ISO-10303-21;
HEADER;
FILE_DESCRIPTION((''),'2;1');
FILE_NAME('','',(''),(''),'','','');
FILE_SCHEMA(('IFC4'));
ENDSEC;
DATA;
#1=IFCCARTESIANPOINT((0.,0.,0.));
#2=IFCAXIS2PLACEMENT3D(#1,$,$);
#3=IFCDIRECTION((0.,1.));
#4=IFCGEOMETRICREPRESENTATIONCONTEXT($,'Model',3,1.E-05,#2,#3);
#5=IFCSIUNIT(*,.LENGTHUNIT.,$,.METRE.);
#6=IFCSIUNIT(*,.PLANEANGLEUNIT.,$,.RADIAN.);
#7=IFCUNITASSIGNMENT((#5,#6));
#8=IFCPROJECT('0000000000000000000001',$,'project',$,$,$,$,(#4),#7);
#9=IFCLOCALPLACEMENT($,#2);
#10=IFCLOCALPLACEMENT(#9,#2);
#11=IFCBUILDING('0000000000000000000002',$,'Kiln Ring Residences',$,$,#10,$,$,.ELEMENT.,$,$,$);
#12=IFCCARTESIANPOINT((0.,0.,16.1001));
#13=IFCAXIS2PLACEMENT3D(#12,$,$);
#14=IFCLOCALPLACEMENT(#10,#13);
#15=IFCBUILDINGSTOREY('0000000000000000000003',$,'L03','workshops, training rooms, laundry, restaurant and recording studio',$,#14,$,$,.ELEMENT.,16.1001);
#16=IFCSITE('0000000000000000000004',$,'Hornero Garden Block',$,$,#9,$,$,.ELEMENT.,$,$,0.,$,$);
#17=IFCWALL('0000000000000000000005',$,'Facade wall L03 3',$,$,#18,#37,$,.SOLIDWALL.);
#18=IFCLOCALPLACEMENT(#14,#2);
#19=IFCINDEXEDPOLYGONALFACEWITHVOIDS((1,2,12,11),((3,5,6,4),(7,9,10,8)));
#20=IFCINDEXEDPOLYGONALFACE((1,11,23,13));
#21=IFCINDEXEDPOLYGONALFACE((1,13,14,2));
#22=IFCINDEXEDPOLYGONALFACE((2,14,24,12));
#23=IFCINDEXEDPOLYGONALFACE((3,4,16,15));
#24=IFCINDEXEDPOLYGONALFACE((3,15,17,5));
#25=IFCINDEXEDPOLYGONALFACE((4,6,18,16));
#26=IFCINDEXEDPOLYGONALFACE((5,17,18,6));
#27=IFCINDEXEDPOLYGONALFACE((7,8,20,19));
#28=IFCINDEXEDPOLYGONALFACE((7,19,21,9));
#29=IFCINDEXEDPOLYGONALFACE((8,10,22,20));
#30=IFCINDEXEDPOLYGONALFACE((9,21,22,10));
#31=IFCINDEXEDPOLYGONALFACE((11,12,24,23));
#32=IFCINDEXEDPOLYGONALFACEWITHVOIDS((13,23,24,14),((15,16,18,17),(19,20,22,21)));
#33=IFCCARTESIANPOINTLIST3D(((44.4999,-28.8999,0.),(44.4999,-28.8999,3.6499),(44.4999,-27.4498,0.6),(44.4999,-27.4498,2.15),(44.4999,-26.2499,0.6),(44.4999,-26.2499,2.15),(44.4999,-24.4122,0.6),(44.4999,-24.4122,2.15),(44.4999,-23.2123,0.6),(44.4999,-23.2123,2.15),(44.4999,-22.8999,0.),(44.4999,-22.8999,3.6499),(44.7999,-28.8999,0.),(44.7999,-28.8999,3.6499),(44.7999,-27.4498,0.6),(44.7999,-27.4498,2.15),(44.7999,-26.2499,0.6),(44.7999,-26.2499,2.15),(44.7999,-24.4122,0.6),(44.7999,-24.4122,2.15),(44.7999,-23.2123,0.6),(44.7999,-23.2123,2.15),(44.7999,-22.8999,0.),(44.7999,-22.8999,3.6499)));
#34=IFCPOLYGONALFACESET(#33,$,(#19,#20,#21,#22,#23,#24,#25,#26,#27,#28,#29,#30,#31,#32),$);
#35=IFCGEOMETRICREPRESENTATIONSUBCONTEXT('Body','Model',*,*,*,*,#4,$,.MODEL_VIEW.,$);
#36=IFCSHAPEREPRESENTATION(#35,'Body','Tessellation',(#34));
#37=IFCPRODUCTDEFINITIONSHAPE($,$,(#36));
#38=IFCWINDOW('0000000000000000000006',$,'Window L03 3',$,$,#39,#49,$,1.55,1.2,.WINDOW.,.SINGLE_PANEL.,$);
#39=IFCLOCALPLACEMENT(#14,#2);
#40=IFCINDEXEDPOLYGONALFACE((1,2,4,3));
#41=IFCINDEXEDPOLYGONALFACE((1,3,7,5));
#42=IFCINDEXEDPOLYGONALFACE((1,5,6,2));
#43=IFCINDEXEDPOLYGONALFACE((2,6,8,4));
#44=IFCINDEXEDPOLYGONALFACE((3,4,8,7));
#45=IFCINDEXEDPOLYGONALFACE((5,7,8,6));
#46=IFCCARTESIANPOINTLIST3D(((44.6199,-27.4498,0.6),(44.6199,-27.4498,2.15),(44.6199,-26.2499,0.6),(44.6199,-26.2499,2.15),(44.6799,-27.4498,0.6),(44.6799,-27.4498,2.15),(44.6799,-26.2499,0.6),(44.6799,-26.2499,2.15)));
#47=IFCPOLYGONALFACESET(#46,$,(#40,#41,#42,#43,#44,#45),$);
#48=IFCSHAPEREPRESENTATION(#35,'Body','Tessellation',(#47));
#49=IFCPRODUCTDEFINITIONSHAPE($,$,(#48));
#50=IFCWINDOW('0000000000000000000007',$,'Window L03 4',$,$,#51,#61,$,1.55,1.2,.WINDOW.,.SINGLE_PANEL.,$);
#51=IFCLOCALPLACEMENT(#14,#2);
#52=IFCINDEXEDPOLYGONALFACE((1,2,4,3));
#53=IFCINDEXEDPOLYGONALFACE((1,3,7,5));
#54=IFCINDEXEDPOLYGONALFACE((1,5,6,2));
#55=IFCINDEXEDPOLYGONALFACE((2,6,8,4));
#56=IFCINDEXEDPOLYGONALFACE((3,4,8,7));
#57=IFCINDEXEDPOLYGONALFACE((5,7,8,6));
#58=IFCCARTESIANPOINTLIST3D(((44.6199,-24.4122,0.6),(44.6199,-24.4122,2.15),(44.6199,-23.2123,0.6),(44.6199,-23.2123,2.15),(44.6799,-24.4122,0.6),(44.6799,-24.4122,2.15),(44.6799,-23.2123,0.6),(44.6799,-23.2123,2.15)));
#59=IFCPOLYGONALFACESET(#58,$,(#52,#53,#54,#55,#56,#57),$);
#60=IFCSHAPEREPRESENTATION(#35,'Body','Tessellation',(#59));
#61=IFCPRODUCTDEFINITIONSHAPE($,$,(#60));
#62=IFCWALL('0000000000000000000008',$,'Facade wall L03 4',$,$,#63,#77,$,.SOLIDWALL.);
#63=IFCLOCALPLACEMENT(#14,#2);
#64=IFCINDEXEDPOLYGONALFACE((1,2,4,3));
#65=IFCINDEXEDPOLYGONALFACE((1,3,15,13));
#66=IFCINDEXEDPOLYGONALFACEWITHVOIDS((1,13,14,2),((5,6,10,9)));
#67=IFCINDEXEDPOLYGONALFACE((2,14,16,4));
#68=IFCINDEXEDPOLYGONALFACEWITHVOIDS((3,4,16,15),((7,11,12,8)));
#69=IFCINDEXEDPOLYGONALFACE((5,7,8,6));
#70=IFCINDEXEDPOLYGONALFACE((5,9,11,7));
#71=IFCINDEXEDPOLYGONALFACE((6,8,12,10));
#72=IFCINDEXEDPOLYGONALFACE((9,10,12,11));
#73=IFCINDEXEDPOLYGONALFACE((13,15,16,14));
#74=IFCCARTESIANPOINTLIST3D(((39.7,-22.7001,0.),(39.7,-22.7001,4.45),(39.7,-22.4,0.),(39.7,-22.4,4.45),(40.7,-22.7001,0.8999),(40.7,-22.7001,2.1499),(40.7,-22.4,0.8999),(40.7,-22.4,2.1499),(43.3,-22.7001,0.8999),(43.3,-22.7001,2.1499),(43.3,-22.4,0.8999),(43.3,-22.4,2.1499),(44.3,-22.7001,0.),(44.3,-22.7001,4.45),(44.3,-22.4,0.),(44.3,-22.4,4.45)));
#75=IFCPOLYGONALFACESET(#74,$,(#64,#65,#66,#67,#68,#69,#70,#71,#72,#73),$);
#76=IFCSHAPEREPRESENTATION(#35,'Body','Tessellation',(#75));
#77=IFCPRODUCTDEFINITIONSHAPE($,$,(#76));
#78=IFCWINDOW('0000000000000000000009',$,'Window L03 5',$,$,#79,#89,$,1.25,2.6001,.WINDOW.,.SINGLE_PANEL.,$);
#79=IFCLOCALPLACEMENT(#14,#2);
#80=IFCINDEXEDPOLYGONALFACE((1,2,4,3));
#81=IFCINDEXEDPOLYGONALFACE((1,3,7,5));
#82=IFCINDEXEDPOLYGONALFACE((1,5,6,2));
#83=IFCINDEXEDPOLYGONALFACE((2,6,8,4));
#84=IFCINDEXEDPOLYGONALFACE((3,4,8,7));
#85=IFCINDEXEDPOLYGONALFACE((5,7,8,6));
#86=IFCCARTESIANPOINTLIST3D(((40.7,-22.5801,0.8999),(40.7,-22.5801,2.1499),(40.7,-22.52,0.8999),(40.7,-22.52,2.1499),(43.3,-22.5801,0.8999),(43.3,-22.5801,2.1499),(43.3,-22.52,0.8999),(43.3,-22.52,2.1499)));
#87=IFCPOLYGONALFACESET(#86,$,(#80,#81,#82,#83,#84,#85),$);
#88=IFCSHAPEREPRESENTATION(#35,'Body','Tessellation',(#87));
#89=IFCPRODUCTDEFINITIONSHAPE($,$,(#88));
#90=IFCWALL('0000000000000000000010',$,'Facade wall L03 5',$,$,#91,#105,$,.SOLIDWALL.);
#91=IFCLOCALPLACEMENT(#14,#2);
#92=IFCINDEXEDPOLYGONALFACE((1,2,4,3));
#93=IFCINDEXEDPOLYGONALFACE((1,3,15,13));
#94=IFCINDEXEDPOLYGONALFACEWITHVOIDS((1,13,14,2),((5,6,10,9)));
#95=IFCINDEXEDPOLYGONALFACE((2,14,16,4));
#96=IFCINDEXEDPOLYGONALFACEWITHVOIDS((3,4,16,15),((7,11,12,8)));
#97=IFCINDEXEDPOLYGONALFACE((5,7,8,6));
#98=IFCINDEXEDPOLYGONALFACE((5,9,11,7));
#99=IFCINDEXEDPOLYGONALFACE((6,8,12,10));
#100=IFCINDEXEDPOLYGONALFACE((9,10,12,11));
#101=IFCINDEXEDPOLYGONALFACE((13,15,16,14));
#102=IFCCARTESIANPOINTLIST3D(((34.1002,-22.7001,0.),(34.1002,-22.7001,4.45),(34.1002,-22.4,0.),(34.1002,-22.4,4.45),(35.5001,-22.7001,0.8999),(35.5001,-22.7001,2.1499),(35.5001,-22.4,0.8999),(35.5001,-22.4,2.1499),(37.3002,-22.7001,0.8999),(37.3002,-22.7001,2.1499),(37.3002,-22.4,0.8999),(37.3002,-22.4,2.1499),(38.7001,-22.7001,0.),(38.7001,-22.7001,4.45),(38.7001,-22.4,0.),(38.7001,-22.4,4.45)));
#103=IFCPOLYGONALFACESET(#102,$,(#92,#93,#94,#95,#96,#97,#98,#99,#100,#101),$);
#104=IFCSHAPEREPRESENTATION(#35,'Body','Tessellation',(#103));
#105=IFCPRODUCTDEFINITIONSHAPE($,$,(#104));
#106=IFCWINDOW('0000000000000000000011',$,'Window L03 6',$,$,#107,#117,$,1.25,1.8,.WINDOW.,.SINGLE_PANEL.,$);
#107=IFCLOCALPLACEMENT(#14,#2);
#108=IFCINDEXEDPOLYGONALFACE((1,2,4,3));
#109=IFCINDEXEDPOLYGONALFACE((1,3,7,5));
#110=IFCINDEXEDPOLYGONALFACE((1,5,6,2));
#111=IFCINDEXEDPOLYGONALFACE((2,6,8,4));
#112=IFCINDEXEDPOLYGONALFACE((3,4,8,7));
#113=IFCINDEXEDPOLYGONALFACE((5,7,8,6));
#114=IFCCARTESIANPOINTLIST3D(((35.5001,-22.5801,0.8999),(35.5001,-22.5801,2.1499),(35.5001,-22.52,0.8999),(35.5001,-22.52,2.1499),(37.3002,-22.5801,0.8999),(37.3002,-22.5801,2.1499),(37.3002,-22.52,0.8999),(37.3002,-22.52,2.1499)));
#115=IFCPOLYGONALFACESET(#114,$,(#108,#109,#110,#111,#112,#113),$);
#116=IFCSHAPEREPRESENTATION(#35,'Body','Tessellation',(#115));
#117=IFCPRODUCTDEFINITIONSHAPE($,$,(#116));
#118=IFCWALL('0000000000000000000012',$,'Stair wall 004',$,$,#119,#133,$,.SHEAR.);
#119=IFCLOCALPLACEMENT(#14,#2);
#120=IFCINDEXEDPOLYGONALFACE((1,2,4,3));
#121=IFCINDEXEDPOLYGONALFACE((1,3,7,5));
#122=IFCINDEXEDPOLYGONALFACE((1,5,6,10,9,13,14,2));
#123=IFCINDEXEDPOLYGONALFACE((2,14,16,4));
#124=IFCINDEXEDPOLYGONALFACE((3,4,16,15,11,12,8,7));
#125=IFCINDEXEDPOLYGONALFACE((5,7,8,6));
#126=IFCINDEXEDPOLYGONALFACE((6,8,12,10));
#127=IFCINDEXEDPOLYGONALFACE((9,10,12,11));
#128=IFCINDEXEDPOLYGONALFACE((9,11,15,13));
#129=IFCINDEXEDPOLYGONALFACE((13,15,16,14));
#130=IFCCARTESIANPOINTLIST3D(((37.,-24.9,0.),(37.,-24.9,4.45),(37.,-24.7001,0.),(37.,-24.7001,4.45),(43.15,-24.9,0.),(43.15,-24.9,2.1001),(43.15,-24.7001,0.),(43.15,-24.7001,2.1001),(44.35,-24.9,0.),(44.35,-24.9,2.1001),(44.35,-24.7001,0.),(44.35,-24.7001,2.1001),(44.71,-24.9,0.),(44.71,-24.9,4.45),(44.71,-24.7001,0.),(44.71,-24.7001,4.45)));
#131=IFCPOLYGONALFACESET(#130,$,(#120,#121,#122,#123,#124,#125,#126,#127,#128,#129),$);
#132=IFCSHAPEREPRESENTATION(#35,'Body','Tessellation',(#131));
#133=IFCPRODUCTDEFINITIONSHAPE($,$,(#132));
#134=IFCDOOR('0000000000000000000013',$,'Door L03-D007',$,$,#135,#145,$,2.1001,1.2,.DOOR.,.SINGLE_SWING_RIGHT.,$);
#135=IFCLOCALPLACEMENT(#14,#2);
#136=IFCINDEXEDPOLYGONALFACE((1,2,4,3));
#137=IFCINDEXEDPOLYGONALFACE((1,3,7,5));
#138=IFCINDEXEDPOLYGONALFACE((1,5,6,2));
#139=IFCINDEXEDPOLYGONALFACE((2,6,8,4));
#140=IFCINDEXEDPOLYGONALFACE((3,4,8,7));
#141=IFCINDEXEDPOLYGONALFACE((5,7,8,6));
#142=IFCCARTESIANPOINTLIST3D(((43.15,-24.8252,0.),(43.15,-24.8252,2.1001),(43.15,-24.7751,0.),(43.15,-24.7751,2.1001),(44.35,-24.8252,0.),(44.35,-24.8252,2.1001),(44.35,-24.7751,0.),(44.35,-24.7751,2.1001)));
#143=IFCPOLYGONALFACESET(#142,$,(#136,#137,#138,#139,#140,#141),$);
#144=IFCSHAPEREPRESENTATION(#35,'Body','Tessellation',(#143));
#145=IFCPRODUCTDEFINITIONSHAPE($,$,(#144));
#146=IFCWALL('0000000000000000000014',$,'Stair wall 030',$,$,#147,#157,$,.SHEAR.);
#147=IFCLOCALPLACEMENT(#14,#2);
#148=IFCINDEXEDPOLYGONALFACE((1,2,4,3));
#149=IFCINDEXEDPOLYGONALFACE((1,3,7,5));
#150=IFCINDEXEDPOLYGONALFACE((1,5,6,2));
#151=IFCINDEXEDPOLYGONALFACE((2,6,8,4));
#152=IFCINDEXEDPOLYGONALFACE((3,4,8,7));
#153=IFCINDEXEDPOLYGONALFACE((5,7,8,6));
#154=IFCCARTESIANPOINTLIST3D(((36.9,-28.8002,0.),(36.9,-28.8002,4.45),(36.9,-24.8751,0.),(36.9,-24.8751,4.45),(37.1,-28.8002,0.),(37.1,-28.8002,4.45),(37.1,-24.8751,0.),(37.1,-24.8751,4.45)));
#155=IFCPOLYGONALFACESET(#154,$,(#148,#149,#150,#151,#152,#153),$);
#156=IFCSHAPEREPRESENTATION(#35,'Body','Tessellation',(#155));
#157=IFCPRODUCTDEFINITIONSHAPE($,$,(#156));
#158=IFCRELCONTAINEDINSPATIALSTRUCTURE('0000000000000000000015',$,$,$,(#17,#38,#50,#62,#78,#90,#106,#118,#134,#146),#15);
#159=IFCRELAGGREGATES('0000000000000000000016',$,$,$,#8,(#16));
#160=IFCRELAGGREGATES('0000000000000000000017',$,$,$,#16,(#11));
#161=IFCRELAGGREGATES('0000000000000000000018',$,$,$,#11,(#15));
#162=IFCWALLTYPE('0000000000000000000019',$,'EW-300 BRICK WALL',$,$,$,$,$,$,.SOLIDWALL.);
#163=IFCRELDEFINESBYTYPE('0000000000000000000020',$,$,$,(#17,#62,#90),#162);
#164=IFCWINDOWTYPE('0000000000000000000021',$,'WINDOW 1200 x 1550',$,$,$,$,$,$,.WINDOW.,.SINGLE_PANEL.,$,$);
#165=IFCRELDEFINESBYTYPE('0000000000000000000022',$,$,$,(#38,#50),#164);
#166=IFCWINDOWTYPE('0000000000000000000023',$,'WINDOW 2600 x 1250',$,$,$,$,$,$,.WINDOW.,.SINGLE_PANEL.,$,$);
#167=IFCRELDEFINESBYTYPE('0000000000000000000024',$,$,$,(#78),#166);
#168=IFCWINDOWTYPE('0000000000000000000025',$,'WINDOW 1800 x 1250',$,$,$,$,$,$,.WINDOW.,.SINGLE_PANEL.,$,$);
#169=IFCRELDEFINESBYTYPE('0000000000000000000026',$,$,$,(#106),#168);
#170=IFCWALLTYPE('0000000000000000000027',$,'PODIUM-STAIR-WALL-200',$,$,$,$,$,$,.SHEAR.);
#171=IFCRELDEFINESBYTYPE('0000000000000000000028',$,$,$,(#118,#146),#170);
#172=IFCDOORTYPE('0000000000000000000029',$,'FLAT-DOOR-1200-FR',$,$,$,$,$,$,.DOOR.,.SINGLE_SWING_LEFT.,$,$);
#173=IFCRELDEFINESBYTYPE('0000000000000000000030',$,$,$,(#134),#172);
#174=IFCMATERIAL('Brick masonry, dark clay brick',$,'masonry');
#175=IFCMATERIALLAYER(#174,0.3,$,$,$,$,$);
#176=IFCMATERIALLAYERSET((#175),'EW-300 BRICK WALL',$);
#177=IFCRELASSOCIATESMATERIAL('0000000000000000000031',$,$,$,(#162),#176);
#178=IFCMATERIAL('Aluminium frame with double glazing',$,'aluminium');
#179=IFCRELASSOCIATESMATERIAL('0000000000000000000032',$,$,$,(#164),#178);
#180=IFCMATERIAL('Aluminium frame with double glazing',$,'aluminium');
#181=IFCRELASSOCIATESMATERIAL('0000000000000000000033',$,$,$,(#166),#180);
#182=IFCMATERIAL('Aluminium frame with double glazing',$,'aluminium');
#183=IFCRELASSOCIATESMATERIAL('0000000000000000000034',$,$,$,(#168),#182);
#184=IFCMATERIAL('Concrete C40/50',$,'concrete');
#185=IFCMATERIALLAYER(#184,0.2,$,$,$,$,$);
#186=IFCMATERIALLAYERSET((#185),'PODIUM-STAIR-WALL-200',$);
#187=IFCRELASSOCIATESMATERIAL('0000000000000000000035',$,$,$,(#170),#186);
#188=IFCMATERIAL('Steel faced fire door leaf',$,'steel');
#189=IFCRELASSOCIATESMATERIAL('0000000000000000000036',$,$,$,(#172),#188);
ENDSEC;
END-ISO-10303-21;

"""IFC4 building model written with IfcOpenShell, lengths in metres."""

from ifc_helpers import new_model, si_unit, direction, frame, frame_2d, origin, place, context, subcontext, project, spatial, rectangle, extrude, material, layer, layer_set, type_object, element, fill, save


model = new_model("IFC4")

# Units and contexts
model_context = context("Model", 3, precision=1e-05, world=origin(), true_north=direction((0.0, 1.0)))
body_context = subcontext(model_context, "Body", "Model", "MODEL_VIEW")
ifc_project = project(units=[si_unit("LENGTHUNIT", "METRE"), si_unit("PLANEANGLEUNIT", "RADIAN")], contexts=[model_context])

# Site, building, storey
site_placement = place(None, origin())
site = spatial("IfcSite", under=ifc_project, at=site_placement, Name="Hornero Garden Block", CompositionType="ELEMENT", RefElevation=0.0)
building_placement = place(site_placement, origin())
building = spatial("IfcBuilding", under=site, at=building_placement, Name="Kiln Ring Residences", CompositionType="ELEMENT")
storey_placement = place(building_placement, frame((0.0, 0.0, 16.1001)))
storey = spatial("IfcBuildingStorey", under=building, at=storey_placement, Name="L03", Description="workshops, training rooms, laundry, restaurant and recording studio", CompositionType="ELEMENT", Elevation=16.1001)

# Wall, openings, windows
ifc_material_1 = material(Name="Brick masonry, dark clay brick", Category="masonry")
ifc_layer_1 = layer(ifc_material_1, 0.3)
ifc_layer_set_1 = layer_set([ifc_layer_1], Name="EW-300 BRICK WALL")
wall_type_1 = type_object("IfcWallType", Name="EW-300 BRICK WALL", PredefinedType="SOLIDWALL", material=ifc_layer_set_1)
wall_1_placement = place(storey_placement, frame((44.6499, -28.8999, 0.0), z_axis=(0.0, 0.0, 1.0), x_axis=(0.0, 1.0, 0.0)))
wall_1 = element("IfcWall", 1, at=wall_1_placement, inside=storey, type_object=wall_type_1, Name="Facade wall L03 3", PredefinedType="SOLIDWALL", context=body_context, shape_type="SweptSolid", body=[
    extrude(rectangle(XDim=6.0, YDim=0.3, at=frame_2d((3.0, 0.0))), origin(), (0.0, 0.0, 1.0), 3.6499),
])
opening_1_placement = place(wall_1_placement, frame((1.45, 0.0, 0.6001)))
opening_1 = element("IfcOpeningElement", 2, at=opening_1_placement, cuts=wall_1, PredefinedType="OPENING", context=body_context, shape_type="SweptSolid", body=[
    extrude(rectangle(XDim=1.2, YDim=1.55, at=frame_2d((0.6001, 0.7749))), frame((0.0, 0.1599, 0.0), z_axis=(0.0, -1.0, 0.0), x_axis=(1.0, 0.0, 0.0)), (0.0, 0.0, 1.0), 0.3201),
])
opening_2_placement = place(wall_1_placement, frame((4.4875, 0.0, 0.6001)))
opening_2 = element("IfcOpeningElement", 3, at=opening_2_placement, cuts=wall_1, PredefinedType="OPENING", context=body_context, shape_type="SweptSolid", body=[
    extrude(rectangle(XDim=1.2, YDim=1.55, at=frame_2d((0.6001, 0.7749))), frame((0.0, 0.1599, 0.0), z_axis=(0.0, -1.0, 0.0), x_axis=(1.0, 0.0, 0.0)), (0.0, 0.0, 1.0), 0.3201),
])
ifc_material_2 = material(Name="Aluminium frame with double glazing", Category="aluminium")
window_type_1 = type_object("IfcWindowType", Name="WINDOW 1200 x 1550", PartitioningType="SINGLE_PANEL", PredefinedType="WINDOW", material=ifc_material_2)
window_1_placement = place(opening_1_placement, origin())
window_1 = element("IfcWindow", 4, at=window_1_placement, inside=storey, type_object=window_type_1, Name="Window L03 3", OverallHeight=1.55, OverallWidth=1.2, PartitioningType="SINGLE_PANEL", PredefinedType="WINDOW", context=body_context, shape_type="SweptSolid", body=[
    extrude(rectangle(XDim=1.2, YDim=1.55, at=frame_2d((0.6001, 0.7749))), frame((0.0, 0.03, 0.0), z_axis=(0.0, -1.0, 0.0), x_axis=(1.0, 0.0, 0.0)), (0.0, 0.0, 1.0), 0.0601),
])
fill(opening_1, window_1)
window_2_placement = place(opening_2_placement, origin())
window_2 = element("IfcWindow", 5, at=window_2_placement, inside=storey, type_object=window_type_1, Name="Window L03 4", OverallHeight=1.55, OverallWidth=1.2, PartitioningType="SINGLE_PANEL", PredefinedType="WINDOW", context=body_context, shape_type="SweptSolid", body=[
    extrude(rectangle(XDim=1.2, YDim=1.55, at=frame_2d((0.6001, 0.7749))), frame((0.0, 0.03, 0.0), z_axis=(0.0, -1.0, 0.0), x_axis=(1.0, 0.0, 0.0)), (0.0, 0.0, 1.0), 0.0601),
])
fill(opening_2, window_2)

# Walls, openings, windows
wall_2_placement = place(storey_placement, frame((44.3, -22.55, 0.0), z_axis=(0.0, 0.0, 1.0), x_axis=(-1.0, 0.0, 0.0)))
wall_2 = element("IfcWall", 6, at=wall_2_placement, inside=storey, type_object=wall_type_1, Name="Facade wall L03 4", PredefinedType="SOLIDWALL", context=body_context, shape_type="SweptSolid", body=[
    extrude(rectangle(XDim=4.6001, YDim=0.3, at=frame_2d((2.3, 0.0))), origin(), (0.0, 0.0, 1.0), 4.45),
])
opening_3_placement = place(wall_2_placement, frame((1.0, 0.0, 0.8999)))
opening_3 = element("IfcOpeningElement", 7, at=opening_3_placement, cuts=wall_2, PredefinedType="OPENING", context=body_context, shape_type="SweptSolid", body=[
    extrude(rectangle(XDim=2.6001, YDim=1.25, at=frame_2d((1.3, 0.625))), frame((0.0, 0.1599, 0.0), z_axis=(0.0, -1.0, 0.0), x_axis=(1.0, 0.0, 0.0)), (0.0, 0.0, 1.0), 0.3201),
])
ifc_material_3 = material(Name="Aluminium frame with double glazing", Category="aluminium")
window_type_2 = type_object("IfcWindowType", Name="WINDOW 2600 x 1250", PartitioningType="SINGLE_PANEL", PredefinedType="WINDOW", material=ifc_material_3)
window_3_placement = place(opening_3_placement, origin())
window_3 = element("IfcWindow", 8, at=window_3_placement, inside=storey, type_object=window_type_2, Name="Window L03 5", OverallHeight=1.25, OverallWidth=2.6001, PartitioningType="SINGLE_PANEL", PredefinedType="WINDOW", context=body_context, shape_type="SweptSolid", body=[
    extrude(rectangle(XDim=2.6001, YDim=1.25, at=frame_2d((1.3, 0.625))), frame((0.0, 0.03, 0.0), z_axis=(0.0, -1.0, 0.0), x_axis=(1.0, 0.0, 0.0)), (0.0, 0.0, 1.0), 0.0601),
])
fill(opening_3, window_3)
wall_3_placement = place(storey_placement, frame((38.7, -22.55, 0.0), z_axis=(0.0, 0.0, 1.0), x_axis=(-1.0, 0.0, 0.0)))
wall_3 = element("IfcWall", 9, at=wall_3_placement, inside=storey, type_object=wall_type_1, Name="Facade wall L03 5", PredefinedType="SOLIDWALL", context=body_context, shape_type="SweptSolid", body=[
    extrude(rectangle(XDim=4.5999, YDim=0.3, at=frame_2d((2.2998, 0.0))), origin(), (0.0, 0.0, 1.0), 4.45),
])
opening_4_placement = place(wall_3_placement, frame((1.3999, 0.0, 0.8999)))
opening_4 = element("IfcOpeningElement", 10, at=opening_4_placement, cuts=wall_3, PredefinedType="OPENING", context=body_context, shape_type="SweptSolid", body=[
    extrude(rectangle(XDim=1.8, YDim=1.25, at=frame_2d((0.8999, 0.625))), frame((0.0, 0.1599, 0.0), z_axis=(0.0, -1.0, 0.0), x_axis=(1.0, 0.0, 0.0)), (0.0, 0.0, 1.0), 0.3201),
])
ifc_material_4 = material(Name="Aluminium frame with double glazing", Category="aluminium")
window_type_3 = type_object("IfcWindowType", Name="WINDOW 1800 x 1250", PartitioningType="SINGLE_PANEL", PredefinedType="WINDOW", material=ifc_material_4)
window_4_placement = place(opening_4_placement, origin())
window_4 = element("IfcWindow", 11, at=window_4_placement, inside=storey, type_object=window_type_3, Name="Window L03 6", OverallHeight=1.25, OverallWidth=1.8, PartitioningType="SINGLE_PANEL", PredefinedType="WINDOW", context=body_context, shape_type="SweptSolid", body=[
    extrude(rectangle(XDim=1.8, YDim=1.25, at=frame_2d((0.8999, 0.625))), frame((0.0, 0.03, 0.0), z_axis=(0.0, -1.0, 0.0), x_axis=(1.0, 0.0, 0.0)), (0.0, 0.0, 1.0), 0.0601),
])
fill(opening_4, window_4)

# Wall, opening, door
ifc_material_5 = material(Name="Concrete C40/50", Category="concrete")
ifc_layer_2 = layer(ifc_material_5, 0.2)
ifc_layer_set_2 = layer_set([ifc_layer_2], Name="PODIUM-STAIR-WALL-200")
wall_type_2 = type_object("IfcWallType", Name="PODIUM-STAIR-WALL-200", PredefinedType="SHEAR", material=ifc_layer_set_2)
wall_4_placement = place(storey_placement, frame((37.0, -24.8, 0.0), z_axis=(0.0, 0.0, 1.0), x_axis=(1.0, 0.0, 0.0)))
wall_4 = element("IfcWall", 12, at=wall_4_placement, inside=storey, type_object=wall_type_2, Name="Stair wall 004", PredefinedType="SHEAR", context=body_context, shape_type="SweptSolid", body=[
    extrude(rectangle(XDim=7.71, YDim=0.2, at=frame_2d((3.855, 0.0))), origin(), (0.0, 0.0, 1.0), 4.45),
])
opening_5_placement = place(wall_4_placement, frame((6.1499, 0.0, 0.0)))
opening_5 = element("IfcOpeningElement", 13, at=opening_5_placement, cuts=wall_4, PredefinedType="OPENING", context=body_context, shape_type="SweptSolid", body=[
    extrude(rectangle(XDim=1.2, YDim=2.1001, at=frame_2d((0.6001, 1.05))), frame((0.0, 0.1099, 0.0), z_axis=(0.0, -1.0, 0.0), x_axis=(1.0, 0.0, 0.0)), (0.0, 0.0, 1.0), 0.22),
])
ifc_material_6 = material(Name="Steel faced fire door leaf", Category="steel")
door_type = type_object("IfcDoorType", Name="FLAT-DOOR-1200-FR", OperationType="SINGLE_SWING_LEFT", PredefinedType="DOOR", material=ifc_material_6)
door_placement = place(opening_5_placement, origin())
door = element("IfcDoor", 14, at=door_placement, inside=storey, type_object=door_type, Name="Door L03-D007", OperationType="SINGLE_SWING_RIGHT", OverallHeight=2.1001, OverallWidth=1.2, PredefinedType="DOOR", context=body_context, shape_type="SweptSolid", body=[
    extrude(rectangle(XDim=1.2, YDim=2.1001, at=frame_2d((0.6001, 1.05))), frame((0.0, 0.0249, 0.0), z_axis=(0.0, -1.0, 0.0), x_axis=(1.0, 0.0, 0.0)), (0.0, 0.0, 1.0), 0.05),
])
fill(opening_5, door)

# Wall
wall_5_placement = place(storey_placement, frame((37.0, -28.8, 0.0), z_axis=(0.0, 0.0, 1.0), x_axis=(0.0, 1.0, 0.0)))
element("IfcWall", 15, at=wall_5_placement, inside=storey, type_object=wall_type_2, Name="Stair wall 030", PredefinedType="SHEAR", context=body_context, shape_type="SweptSolid", body=[
    extrude(rectangle(XDim=3.925, YDim=0.2, at=frame_2d((1.9624, 0.0))), origin(), (0.0, 0.0, 1.0), 4.45),
])

save(model, "model.ifc")
